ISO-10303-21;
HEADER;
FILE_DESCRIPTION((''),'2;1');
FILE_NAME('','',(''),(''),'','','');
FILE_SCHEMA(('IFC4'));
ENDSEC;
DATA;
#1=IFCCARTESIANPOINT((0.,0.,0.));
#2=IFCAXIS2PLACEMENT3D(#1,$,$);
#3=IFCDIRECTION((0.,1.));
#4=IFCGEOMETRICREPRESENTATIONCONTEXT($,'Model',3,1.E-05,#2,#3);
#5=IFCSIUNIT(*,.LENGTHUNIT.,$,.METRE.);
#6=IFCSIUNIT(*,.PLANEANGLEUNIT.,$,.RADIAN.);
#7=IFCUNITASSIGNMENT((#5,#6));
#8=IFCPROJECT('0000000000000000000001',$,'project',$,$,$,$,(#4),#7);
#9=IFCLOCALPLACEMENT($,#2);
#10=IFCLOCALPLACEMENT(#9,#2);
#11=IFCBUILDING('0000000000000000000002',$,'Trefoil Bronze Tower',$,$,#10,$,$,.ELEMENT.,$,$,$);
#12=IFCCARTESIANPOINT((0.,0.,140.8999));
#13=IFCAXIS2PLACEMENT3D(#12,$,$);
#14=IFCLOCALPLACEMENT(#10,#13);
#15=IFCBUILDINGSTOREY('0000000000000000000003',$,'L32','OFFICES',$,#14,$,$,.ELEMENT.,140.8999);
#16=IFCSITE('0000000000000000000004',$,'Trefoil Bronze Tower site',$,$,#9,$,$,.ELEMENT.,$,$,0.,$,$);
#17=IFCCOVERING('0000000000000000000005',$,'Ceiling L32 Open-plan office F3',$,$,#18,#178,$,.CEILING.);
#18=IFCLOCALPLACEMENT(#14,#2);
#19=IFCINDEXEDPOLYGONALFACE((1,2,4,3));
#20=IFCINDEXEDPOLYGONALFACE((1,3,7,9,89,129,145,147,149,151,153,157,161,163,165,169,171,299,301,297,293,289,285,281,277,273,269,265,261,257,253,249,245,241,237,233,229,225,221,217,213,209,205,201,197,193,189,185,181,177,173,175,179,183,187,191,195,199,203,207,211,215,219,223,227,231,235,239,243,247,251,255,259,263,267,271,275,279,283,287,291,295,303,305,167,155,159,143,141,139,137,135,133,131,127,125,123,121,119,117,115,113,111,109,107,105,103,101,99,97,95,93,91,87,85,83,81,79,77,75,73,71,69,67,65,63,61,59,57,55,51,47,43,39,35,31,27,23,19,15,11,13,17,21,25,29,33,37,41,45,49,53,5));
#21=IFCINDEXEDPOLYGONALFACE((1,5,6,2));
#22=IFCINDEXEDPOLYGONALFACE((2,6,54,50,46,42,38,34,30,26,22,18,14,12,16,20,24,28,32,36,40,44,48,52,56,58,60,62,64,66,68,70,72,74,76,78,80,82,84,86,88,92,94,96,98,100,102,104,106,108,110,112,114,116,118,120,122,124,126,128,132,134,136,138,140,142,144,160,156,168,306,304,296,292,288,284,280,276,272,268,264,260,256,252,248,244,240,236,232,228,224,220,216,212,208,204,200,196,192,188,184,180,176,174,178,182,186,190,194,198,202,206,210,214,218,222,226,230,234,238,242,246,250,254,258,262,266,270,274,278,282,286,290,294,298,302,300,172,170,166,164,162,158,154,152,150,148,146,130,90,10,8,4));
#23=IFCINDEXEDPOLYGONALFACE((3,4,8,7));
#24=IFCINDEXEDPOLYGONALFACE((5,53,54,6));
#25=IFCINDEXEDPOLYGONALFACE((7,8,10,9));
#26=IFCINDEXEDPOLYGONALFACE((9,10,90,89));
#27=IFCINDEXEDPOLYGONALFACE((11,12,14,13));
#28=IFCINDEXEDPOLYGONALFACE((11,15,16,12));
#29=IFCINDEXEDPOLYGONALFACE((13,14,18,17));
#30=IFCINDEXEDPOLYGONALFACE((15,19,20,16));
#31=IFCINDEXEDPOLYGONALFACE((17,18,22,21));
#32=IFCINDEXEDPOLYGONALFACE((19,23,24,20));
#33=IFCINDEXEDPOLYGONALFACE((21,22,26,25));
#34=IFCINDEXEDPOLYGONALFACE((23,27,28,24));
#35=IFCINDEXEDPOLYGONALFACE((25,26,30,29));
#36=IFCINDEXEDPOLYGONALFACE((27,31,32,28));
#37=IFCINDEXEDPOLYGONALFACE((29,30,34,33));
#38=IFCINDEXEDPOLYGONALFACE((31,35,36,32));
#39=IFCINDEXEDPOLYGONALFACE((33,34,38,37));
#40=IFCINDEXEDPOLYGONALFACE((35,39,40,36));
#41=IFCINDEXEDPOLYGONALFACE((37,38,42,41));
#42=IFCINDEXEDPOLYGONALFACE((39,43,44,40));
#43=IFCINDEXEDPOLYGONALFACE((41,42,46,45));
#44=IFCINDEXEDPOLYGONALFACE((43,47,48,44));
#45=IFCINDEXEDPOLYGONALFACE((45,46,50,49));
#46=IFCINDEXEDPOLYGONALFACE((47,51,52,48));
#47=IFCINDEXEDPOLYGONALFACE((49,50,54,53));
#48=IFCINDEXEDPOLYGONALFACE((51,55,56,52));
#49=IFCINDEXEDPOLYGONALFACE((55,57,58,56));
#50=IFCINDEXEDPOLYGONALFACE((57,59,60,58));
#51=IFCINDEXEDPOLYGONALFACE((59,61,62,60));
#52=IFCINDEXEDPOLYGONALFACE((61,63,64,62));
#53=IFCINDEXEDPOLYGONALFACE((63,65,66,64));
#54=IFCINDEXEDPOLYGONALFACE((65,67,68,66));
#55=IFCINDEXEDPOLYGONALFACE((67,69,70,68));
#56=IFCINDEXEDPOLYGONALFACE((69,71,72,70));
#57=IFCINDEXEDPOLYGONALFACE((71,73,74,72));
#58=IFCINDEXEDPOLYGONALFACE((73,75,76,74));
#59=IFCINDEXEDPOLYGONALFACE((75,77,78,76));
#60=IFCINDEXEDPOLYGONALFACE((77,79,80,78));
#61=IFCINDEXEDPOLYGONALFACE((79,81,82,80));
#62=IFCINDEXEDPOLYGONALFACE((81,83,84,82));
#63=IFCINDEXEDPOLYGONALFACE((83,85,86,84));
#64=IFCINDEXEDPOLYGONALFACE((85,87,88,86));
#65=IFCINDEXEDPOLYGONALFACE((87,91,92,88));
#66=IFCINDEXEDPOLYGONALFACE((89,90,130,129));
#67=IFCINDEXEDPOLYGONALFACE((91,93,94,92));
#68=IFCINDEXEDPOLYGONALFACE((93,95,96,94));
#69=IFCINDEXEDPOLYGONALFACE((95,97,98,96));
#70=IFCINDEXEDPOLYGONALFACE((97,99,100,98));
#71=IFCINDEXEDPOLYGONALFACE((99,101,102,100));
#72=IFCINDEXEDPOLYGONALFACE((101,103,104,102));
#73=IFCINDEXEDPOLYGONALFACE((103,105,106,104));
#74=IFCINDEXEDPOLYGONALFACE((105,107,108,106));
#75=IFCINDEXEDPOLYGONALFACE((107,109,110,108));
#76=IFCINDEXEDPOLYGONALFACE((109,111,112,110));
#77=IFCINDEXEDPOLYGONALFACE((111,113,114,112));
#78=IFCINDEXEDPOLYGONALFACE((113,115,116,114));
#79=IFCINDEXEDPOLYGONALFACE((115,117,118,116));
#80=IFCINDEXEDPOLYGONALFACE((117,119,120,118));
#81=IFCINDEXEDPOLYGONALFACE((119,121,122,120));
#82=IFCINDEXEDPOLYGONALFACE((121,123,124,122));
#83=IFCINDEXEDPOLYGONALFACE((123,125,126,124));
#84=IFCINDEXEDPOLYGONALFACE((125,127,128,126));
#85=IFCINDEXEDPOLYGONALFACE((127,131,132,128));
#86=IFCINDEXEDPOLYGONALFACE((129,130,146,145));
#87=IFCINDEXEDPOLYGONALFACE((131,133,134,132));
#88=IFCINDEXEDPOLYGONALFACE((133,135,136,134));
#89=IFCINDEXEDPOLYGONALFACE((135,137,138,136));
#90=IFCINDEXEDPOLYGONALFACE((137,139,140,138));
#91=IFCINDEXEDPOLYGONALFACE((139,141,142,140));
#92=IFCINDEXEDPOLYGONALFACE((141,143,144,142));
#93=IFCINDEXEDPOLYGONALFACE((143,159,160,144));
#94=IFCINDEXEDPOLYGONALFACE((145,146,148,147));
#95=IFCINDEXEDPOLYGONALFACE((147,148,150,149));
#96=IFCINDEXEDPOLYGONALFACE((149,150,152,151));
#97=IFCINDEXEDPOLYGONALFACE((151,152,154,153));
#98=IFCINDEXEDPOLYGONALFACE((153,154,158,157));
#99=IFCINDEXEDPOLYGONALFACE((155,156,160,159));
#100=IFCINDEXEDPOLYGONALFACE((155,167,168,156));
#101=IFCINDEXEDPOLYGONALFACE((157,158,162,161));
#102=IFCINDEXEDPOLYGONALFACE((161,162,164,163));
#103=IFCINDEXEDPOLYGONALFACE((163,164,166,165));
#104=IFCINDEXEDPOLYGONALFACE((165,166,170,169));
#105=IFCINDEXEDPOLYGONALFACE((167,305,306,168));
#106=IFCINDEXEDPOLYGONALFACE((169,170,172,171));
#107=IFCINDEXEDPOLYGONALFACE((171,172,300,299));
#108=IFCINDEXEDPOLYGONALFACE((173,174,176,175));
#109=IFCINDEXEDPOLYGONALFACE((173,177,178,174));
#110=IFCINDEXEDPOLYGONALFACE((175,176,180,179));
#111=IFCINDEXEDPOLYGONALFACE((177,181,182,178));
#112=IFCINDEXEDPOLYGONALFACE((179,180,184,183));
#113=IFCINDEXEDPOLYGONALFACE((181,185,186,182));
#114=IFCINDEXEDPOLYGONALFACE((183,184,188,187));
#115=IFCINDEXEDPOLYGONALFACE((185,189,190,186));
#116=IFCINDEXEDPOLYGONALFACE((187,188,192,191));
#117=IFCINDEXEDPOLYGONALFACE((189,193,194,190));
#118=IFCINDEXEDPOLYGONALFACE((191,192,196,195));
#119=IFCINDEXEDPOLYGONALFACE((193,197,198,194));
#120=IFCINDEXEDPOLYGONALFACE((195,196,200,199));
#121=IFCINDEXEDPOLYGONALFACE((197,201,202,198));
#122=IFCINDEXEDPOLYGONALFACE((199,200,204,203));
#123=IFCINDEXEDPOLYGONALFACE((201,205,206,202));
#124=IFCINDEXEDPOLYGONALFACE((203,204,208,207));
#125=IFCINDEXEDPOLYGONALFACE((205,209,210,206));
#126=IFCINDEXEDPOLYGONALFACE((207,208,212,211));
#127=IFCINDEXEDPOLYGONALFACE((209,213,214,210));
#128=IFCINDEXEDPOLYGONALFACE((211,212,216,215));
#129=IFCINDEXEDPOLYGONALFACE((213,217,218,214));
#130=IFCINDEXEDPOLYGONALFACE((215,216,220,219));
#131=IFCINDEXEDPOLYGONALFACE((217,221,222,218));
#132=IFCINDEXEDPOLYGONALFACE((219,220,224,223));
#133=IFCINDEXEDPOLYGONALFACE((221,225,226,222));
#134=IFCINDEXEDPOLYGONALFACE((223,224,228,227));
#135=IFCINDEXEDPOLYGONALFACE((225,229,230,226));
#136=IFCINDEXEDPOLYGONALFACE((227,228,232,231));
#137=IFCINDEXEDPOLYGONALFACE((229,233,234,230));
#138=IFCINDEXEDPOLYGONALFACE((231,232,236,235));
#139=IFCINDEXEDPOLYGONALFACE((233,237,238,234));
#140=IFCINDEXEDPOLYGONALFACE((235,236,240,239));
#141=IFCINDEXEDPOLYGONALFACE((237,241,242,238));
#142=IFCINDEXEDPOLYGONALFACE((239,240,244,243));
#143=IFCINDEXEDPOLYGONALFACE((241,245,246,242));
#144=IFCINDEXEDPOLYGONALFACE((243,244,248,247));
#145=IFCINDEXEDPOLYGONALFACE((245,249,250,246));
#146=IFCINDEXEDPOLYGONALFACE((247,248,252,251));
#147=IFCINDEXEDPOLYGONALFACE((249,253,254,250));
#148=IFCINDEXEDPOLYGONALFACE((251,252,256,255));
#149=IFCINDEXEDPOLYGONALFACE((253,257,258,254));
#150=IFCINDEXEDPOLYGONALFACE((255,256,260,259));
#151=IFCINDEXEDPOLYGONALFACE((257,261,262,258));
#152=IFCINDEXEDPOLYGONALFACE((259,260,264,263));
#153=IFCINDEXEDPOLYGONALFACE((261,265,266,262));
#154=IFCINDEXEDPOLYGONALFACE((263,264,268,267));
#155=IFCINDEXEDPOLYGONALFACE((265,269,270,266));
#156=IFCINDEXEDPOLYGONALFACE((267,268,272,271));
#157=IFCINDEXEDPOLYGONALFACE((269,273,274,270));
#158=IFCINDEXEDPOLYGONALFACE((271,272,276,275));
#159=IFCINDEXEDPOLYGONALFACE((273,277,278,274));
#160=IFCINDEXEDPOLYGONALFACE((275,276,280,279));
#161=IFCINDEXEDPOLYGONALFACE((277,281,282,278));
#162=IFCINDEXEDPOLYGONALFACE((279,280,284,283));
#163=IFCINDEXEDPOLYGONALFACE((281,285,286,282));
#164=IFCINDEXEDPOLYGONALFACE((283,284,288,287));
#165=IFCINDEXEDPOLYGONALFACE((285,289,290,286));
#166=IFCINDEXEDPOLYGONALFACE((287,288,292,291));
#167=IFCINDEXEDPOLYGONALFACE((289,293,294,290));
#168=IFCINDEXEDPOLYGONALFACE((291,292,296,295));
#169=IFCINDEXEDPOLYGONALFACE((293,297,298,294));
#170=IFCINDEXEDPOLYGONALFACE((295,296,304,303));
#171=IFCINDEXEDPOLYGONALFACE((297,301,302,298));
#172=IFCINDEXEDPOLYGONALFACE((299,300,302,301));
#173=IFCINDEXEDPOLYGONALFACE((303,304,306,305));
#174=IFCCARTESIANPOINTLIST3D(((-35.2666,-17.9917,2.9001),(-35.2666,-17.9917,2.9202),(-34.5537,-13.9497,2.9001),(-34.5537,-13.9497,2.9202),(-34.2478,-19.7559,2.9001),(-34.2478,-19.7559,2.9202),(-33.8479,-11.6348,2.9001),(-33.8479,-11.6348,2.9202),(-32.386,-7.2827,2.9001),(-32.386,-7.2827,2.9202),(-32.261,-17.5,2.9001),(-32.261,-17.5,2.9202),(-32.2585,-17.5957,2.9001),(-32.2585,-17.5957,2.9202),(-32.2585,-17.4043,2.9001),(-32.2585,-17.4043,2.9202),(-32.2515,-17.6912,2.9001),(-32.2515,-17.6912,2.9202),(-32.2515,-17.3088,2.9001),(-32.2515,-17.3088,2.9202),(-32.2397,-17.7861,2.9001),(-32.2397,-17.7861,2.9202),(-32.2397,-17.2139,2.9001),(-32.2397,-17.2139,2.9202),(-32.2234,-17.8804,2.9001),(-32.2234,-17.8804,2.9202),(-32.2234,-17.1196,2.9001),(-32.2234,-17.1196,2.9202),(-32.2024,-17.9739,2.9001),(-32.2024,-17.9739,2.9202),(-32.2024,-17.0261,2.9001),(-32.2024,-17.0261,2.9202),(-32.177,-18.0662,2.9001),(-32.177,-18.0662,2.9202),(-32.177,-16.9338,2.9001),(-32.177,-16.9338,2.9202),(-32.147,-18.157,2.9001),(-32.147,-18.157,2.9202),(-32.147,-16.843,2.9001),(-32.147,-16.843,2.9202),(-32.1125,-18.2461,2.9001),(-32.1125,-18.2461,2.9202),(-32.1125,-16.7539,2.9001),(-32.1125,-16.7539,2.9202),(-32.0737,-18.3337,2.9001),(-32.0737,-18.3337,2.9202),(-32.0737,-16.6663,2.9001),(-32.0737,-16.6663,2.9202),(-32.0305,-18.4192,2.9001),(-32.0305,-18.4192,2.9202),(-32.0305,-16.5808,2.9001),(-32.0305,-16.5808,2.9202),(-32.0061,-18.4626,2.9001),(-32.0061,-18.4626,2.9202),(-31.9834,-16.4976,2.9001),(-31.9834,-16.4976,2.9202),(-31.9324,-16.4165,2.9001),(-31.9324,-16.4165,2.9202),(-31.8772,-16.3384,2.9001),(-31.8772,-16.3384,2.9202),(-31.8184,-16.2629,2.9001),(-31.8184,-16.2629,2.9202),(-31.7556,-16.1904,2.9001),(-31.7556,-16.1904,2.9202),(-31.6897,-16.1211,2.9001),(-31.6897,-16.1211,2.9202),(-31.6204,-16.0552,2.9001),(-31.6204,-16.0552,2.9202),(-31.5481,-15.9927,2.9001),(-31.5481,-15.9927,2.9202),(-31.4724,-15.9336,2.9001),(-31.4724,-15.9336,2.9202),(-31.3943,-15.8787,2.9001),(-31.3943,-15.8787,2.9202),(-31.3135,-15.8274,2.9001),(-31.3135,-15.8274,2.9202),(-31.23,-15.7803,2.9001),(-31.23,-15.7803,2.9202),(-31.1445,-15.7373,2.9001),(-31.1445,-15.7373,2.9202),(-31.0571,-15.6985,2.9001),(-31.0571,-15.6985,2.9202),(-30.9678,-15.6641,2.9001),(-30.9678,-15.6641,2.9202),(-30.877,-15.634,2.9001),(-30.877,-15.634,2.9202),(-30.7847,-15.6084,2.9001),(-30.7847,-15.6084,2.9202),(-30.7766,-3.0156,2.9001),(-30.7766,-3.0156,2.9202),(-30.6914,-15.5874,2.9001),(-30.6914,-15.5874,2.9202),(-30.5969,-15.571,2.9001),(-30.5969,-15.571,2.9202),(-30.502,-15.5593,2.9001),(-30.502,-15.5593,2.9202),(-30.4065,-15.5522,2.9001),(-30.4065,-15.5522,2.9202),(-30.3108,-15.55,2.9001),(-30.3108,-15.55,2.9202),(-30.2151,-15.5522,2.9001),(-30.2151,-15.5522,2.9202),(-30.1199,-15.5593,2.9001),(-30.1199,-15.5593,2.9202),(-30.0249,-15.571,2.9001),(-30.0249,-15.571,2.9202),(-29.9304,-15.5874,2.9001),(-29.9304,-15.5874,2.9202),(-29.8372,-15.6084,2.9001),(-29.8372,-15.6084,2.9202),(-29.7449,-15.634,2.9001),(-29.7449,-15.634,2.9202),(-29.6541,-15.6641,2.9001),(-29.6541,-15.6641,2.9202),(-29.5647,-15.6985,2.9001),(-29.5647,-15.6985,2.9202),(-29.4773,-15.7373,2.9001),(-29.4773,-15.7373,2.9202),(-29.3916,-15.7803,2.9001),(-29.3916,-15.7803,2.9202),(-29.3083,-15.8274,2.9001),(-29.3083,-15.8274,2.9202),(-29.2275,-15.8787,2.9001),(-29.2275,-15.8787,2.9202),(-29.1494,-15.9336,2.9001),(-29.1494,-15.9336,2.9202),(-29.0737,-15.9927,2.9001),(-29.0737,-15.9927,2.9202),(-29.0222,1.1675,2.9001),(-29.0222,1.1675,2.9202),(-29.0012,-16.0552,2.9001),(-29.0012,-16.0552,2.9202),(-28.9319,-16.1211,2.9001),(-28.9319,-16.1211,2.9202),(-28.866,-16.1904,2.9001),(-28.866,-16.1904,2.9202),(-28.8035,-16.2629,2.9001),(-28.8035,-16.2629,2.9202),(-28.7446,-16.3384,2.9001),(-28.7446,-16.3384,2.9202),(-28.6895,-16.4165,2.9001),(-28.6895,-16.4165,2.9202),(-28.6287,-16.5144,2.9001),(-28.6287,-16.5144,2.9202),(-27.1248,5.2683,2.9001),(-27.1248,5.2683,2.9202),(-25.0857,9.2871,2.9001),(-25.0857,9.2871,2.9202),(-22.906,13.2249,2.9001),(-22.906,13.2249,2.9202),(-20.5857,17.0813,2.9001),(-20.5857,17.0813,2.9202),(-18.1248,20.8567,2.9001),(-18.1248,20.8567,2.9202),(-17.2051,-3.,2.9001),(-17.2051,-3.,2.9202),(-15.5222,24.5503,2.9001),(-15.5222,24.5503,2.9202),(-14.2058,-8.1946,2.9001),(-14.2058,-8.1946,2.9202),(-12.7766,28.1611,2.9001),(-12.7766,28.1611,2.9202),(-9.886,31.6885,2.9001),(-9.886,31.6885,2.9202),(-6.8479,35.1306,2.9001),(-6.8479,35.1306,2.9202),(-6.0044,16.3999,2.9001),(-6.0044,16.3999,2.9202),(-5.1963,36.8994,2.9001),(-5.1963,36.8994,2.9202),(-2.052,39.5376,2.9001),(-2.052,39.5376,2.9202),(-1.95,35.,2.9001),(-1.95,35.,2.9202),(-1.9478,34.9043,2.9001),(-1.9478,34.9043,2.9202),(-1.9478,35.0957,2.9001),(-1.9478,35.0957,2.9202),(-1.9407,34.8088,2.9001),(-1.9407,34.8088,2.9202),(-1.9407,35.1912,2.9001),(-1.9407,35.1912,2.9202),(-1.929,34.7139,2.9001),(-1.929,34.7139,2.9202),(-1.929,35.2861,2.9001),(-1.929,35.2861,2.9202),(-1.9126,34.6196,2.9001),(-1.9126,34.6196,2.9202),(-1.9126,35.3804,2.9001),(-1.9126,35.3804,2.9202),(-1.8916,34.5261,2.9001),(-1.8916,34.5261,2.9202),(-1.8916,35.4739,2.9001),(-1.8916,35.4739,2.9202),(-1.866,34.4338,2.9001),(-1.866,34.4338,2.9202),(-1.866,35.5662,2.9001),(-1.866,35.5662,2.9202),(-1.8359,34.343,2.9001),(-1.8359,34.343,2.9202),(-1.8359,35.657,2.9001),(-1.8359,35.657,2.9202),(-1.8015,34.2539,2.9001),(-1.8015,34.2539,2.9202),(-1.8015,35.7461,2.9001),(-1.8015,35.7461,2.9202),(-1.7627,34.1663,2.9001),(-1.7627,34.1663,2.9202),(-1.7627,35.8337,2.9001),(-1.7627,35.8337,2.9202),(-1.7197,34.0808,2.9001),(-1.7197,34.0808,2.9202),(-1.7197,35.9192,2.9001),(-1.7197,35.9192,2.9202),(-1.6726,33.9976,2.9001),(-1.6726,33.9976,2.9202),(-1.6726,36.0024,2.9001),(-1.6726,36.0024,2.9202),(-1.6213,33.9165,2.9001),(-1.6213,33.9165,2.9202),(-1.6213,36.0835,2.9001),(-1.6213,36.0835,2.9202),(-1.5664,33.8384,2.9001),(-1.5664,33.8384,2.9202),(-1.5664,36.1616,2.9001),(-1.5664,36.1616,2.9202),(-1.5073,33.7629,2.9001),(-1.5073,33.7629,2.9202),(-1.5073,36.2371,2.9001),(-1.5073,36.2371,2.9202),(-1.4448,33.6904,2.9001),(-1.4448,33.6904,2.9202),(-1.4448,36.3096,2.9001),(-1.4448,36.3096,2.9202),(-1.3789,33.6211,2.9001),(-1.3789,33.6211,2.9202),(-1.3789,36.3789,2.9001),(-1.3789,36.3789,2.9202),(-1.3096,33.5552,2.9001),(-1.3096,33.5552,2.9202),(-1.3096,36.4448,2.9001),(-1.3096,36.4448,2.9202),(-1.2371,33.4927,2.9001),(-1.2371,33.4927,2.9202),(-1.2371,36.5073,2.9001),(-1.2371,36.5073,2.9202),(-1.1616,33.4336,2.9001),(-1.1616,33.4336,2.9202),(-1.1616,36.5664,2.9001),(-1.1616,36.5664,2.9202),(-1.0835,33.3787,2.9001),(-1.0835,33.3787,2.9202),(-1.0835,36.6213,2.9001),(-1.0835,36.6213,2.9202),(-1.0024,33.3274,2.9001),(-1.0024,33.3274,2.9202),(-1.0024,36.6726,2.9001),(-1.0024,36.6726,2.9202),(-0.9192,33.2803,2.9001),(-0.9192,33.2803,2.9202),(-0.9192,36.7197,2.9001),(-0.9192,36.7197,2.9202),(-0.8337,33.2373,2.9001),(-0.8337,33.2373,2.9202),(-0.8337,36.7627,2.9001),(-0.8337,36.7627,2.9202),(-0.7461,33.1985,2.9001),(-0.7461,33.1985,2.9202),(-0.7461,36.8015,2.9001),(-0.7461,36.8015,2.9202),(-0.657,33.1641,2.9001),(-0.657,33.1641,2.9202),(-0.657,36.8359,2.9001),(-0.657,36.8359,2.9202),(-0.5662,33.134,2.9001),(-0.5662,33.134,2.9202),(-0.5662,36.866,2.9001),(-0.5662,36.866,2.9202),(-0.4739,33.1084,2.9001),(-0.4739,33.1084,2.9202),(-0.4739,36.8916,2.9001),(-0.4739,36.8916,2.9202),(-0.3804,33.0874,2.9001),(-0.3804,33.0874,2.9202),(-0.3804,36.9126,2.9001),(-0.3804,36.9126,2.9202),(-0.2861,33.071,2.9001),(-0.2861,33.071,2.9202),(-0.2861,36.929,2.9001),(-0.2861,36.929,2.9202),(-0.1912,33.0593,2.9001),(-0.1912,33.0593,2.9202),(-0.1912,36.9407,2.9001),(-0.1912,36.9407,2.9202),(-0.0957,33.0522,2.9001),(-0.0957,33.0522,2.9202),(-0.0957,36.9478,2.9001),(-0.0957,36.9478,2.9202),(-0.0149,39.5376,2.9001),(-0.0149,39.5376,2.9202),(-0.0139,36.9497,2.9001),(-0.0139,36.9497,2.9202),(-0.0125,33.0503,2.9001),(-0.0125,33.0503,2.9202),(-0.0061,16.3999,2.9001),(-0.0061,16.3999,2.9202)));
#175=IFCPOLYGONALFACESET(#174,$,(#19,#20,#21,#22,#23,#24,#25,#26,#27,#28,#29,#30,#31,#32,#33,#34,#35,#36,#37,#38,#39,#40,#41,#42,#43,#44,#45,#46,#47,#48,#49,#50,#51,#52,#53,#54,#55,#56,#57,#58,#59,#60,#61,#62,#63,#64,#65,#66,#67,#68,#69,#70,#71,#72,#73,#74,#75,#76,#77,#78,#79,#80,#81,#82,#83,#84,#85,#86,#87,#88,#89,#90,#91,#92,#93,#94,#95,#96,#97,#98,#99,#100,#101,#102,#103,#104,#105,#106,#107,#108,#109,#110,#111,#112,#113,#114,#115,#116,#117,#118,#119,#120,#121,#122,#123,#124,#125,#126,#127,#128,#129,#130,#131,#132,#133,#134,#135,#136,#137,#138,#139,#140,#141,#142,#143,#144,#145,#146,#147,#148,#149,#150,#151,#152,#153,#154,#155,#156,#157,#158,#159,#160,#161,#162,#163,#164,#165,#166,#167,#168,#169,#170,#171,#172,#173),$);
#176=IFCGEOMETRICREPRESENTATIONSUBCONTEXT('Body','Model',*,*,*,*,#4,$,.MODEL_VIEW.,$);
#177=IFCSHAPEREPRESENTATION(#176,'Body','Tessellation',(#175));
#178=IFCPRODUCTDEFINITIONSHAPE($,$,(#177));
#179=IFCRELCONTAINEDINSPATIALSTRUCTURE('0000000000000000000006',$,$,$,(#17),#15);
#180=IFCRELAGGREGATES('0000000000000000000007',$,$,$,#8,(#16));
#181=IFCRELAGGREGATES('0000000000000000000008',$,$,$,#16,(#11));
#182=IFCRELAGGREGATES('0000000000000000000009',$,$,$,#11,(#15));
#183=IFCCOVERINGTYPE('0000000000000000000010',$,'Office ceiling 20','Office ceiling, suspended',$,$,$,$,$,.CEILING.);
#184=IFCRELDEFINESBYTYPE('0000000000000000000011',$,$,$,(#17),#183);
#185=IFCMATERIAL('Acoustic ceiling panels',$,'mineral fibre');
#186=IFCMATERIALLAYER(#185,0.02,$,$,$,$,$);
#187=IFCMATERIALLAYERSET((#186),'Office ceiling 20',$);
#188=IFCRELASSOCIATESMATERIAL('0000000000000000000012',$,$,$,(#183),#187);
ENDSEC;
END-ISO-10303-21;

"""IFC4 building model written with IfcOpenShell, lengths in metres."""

from ifc_helpers import new_model, si_unit, direction, frame, origin, place, context, subcontext, project, spatial, polyline, outline, extrude, material, layer, layer_set, type_object, element, save


model = new_model("IFC4")

# Units and contexts
model_context = context("Model", 3, precision=1e-05, world=origin(), true_north=direction((0.0, 1.0)))
body_context = subcontext(model_context, "Body", "Model", "MODEL_VIEW")
ifc_project = project(units=[si_unit("LENGTHUNIT", "METRE"), si_unit("PLANEANGLEUNIT", "RADIAN")], contexts=[model_context])

# Site, building, storey
site_placement = place(None, origin())
site = spatial("IfcSite", under=ifc_project, at=site_placement, Name="Trefoil Bronze Tower site", CompositionType="ELEMENT", RefElevation=0.0)
building_placement = place(site_placement, origin())
building = spatial("IfcBuilding", under=site, at=building_placement, Name="Trefoil Bronze Tower", CompositionType="ELEMENT")
storey_placement = place(building_placement, frame((0.0, 0.0, 140.8999)))
storey = spatial("IfcBuildingStorey", under=building, at=storey_placement, Name="L32", Description="OFFICES", CompositionType="ELEMENT", Elevation=140.8999)

# Covering
ifc_material_1 = material(Name="Acoustic ceiling panels", Category="mineral fibre")
ifc_layer_1 = layer(ifc_material_1, 0.02)
ifc_layer_set_1 = layer_set([ifc_layer_1], Name="Office ceiling 20")
covering_type_1 = type_object("IfcCoveringType", Name="Office ceiling 20", Description="Office ceiling, suspended", PredefinedType="CEILING", material=ifc_layer_set_1)
covering_1_placement = place(storey_placement, frame((0.0, 0.0, 2.9001)))
element("IfcCovering", 1, at=covering_1_placement, inside=storey, type_object=covering_type_1, Name="Ceiling L32 Open-plan office F3", PredefinedType="CEILING", context=body_context, shape_type="SweptSolid", body=[
    extrude(outline(polyline([(-33.8479, -11.6348), (-32.386, -7.2827), (-30.7766, -3.0156), (-29.0222, 1.1675), (-27.1248, 5.2683), (-25.0857, 9.2871), (-22.906, 13.2249), (-20.5857, 17.0813), (-18.1248, 20.8567), (-15.5222, 24.5503), (-12.7766, 28.1611), (-9.886, 31.6885), (-6.8479, 35.1306), (-5.1963, 36.8994), (-2.052, 39.5376), (-0.0149, 39.5376), (-0.0139, 36.9497), (-0.0957, 36.9478), (-0.1912, 36.9407), (-0.2861, 36.929), (-0.3804, 36.9126), (-0.4739, 36.8916), (-0.5662, 36.866), (-0.657, 36.8359), (-0.7461, 36.8015), (-0.8337, 36.7627), (-0.9192, 36.7197), (-1.0024, 36.6726), (-1.0835, 36.6213), (-1.1616, 36.5664), (-1.2371, 36.5073), (-1.3096, 36.4448), (-1.3789, 36.3789), (-1.4448, 36.3096), (-1.5073, 36.2371), (-1.5664, 36.1616), (-1.6213, 36.0835), (-1.6726, 36.0024), (-1.7197, 35.9192), (-1.7627, 35.8337), (-1.8015, 35.7461), (-1.8359, 35.657), (-1.866, 35.5662), (-1.8916, 35.4739), (-1.9126, 35.3804), (-1.929, 35.2861), (-1.9407, 35.1912), (-1.9478, 35.0957), (-1.95, 35.0), (-1.9478, 34.9043), (-1.9407, 34.8088), (-1.929, 34.7139), (-1.9126, 34.6196), (-1.8916, 34.5261), (-1.866, 34.4338), (-1.8359, 34.343), (-1.8015, 34.2539), (-1.7627, 34.1663), (-1.7197, 34.0808), (-1.6726, 33.9976), (-1.6213, 33.9165), (-1.5664, 33.8384), (-1.5073, 33.7629), (-1.4448, 33.6904), (-1.3789, 33.6211), (-1.3096, 33.5552), (-1.2371, 33.4927), (-1.1616, 33.4336), (-1.0835, 33.3787), (-1.0024, 33.3274), (-0.9192, 33.2803), (-0.8337, 33.2373), (-0.7461, 33.1985), (-0.657, 33.1641), (-0.5662, 33.134), (-0.4739, 33.1084), (-0.3804, 33.0874), (-0.2861, 33.071), (-0.1912, 33.0593), (-0.0957, 33.0522), (-0.0125, 33.0503), (-0.0061, 16.3999), (-6.0044, 16.3999), (-17.2051, -3.0), (-14.2058, -8.1946), (-28.6287, -16.5144), (-28.6895, -16.4165), (-28.7446, -16.3384), (-28.8035, -16.2629), (-28.866, -16.1904), (-28.9319, -16.1211), (-29.0012, -16.0552), (-29.0737, -15.9927), (-29.1494, -15.9336), (-29.2275, -15.8787), (-29.3083, -15.8274), (-29.3916, -15.7803), (-29.4773, -15.7373), (-29.5647, -15.6985), (-29.6541, -15.6641), (-29.7449, -15.634), (-29.8372, -15.6084), (-29.9304, -15.5874), (-30.0249, -15.571), (-30.1199, -15.5593), (-30.2151, -15.5522), (-30.3108, -15.55), (-30.4065, -15.5522), (-30.502, -15.5593), (-30.5969, -15.571), (-30.6914, -15.5874), (-30.7847, -15.6084), (-30.877, -15.634), (-30.9678, -15.6641), (-31.0571, -15.6985), (-31.1445, -15.7373), (-31.23, -15.7803), (-31.3135, -15.8274), (-31.3943, -15.8787), (-31.4724, -15.9336), (-31.5481, -15.9927), (-31.6204, -16.0552), (-31.6897, -16.1211), (-31.7556, -16.1904), (-31.8184, -16.2629), (-31.8772, -16.3384), (-31.9324, -16.4165), (-31.9834, -16.4976), (-32.0305, -16.5808), (-32.0737, -16.6663), (-32.1125, -16.7539), (-32.147, -16.843), (-32.177, -16.9338), (-32.2024, -17.0261), (-32.2234, -17.1196), (-32.2397, -17.2139), (-32.2515, -17.3088), (-32.2585, -17.4043), (-32.261, -17.5), (-32.2585, -17.5957), (-32.2515, -17.6912), (-32.2397, -17.7861), (-32.2234, -17.8804), (-32.2024, -17.9739), (-32.177, -18.0662), (-32.147, -18.157), (-32.1125, -18.2461), (-32.0737, -18.3337), (-32.0305, -18.4192), (-32.0061, -18.4626), (-34.2478, -19.7559), (-35.2666, -17.9917), (-34.5537, -13.9497), (-33.8479, -11.6348)])), origin(), (0.0, 0.0, 1.0), 0.02),
])

save(model, "model.ifc")
